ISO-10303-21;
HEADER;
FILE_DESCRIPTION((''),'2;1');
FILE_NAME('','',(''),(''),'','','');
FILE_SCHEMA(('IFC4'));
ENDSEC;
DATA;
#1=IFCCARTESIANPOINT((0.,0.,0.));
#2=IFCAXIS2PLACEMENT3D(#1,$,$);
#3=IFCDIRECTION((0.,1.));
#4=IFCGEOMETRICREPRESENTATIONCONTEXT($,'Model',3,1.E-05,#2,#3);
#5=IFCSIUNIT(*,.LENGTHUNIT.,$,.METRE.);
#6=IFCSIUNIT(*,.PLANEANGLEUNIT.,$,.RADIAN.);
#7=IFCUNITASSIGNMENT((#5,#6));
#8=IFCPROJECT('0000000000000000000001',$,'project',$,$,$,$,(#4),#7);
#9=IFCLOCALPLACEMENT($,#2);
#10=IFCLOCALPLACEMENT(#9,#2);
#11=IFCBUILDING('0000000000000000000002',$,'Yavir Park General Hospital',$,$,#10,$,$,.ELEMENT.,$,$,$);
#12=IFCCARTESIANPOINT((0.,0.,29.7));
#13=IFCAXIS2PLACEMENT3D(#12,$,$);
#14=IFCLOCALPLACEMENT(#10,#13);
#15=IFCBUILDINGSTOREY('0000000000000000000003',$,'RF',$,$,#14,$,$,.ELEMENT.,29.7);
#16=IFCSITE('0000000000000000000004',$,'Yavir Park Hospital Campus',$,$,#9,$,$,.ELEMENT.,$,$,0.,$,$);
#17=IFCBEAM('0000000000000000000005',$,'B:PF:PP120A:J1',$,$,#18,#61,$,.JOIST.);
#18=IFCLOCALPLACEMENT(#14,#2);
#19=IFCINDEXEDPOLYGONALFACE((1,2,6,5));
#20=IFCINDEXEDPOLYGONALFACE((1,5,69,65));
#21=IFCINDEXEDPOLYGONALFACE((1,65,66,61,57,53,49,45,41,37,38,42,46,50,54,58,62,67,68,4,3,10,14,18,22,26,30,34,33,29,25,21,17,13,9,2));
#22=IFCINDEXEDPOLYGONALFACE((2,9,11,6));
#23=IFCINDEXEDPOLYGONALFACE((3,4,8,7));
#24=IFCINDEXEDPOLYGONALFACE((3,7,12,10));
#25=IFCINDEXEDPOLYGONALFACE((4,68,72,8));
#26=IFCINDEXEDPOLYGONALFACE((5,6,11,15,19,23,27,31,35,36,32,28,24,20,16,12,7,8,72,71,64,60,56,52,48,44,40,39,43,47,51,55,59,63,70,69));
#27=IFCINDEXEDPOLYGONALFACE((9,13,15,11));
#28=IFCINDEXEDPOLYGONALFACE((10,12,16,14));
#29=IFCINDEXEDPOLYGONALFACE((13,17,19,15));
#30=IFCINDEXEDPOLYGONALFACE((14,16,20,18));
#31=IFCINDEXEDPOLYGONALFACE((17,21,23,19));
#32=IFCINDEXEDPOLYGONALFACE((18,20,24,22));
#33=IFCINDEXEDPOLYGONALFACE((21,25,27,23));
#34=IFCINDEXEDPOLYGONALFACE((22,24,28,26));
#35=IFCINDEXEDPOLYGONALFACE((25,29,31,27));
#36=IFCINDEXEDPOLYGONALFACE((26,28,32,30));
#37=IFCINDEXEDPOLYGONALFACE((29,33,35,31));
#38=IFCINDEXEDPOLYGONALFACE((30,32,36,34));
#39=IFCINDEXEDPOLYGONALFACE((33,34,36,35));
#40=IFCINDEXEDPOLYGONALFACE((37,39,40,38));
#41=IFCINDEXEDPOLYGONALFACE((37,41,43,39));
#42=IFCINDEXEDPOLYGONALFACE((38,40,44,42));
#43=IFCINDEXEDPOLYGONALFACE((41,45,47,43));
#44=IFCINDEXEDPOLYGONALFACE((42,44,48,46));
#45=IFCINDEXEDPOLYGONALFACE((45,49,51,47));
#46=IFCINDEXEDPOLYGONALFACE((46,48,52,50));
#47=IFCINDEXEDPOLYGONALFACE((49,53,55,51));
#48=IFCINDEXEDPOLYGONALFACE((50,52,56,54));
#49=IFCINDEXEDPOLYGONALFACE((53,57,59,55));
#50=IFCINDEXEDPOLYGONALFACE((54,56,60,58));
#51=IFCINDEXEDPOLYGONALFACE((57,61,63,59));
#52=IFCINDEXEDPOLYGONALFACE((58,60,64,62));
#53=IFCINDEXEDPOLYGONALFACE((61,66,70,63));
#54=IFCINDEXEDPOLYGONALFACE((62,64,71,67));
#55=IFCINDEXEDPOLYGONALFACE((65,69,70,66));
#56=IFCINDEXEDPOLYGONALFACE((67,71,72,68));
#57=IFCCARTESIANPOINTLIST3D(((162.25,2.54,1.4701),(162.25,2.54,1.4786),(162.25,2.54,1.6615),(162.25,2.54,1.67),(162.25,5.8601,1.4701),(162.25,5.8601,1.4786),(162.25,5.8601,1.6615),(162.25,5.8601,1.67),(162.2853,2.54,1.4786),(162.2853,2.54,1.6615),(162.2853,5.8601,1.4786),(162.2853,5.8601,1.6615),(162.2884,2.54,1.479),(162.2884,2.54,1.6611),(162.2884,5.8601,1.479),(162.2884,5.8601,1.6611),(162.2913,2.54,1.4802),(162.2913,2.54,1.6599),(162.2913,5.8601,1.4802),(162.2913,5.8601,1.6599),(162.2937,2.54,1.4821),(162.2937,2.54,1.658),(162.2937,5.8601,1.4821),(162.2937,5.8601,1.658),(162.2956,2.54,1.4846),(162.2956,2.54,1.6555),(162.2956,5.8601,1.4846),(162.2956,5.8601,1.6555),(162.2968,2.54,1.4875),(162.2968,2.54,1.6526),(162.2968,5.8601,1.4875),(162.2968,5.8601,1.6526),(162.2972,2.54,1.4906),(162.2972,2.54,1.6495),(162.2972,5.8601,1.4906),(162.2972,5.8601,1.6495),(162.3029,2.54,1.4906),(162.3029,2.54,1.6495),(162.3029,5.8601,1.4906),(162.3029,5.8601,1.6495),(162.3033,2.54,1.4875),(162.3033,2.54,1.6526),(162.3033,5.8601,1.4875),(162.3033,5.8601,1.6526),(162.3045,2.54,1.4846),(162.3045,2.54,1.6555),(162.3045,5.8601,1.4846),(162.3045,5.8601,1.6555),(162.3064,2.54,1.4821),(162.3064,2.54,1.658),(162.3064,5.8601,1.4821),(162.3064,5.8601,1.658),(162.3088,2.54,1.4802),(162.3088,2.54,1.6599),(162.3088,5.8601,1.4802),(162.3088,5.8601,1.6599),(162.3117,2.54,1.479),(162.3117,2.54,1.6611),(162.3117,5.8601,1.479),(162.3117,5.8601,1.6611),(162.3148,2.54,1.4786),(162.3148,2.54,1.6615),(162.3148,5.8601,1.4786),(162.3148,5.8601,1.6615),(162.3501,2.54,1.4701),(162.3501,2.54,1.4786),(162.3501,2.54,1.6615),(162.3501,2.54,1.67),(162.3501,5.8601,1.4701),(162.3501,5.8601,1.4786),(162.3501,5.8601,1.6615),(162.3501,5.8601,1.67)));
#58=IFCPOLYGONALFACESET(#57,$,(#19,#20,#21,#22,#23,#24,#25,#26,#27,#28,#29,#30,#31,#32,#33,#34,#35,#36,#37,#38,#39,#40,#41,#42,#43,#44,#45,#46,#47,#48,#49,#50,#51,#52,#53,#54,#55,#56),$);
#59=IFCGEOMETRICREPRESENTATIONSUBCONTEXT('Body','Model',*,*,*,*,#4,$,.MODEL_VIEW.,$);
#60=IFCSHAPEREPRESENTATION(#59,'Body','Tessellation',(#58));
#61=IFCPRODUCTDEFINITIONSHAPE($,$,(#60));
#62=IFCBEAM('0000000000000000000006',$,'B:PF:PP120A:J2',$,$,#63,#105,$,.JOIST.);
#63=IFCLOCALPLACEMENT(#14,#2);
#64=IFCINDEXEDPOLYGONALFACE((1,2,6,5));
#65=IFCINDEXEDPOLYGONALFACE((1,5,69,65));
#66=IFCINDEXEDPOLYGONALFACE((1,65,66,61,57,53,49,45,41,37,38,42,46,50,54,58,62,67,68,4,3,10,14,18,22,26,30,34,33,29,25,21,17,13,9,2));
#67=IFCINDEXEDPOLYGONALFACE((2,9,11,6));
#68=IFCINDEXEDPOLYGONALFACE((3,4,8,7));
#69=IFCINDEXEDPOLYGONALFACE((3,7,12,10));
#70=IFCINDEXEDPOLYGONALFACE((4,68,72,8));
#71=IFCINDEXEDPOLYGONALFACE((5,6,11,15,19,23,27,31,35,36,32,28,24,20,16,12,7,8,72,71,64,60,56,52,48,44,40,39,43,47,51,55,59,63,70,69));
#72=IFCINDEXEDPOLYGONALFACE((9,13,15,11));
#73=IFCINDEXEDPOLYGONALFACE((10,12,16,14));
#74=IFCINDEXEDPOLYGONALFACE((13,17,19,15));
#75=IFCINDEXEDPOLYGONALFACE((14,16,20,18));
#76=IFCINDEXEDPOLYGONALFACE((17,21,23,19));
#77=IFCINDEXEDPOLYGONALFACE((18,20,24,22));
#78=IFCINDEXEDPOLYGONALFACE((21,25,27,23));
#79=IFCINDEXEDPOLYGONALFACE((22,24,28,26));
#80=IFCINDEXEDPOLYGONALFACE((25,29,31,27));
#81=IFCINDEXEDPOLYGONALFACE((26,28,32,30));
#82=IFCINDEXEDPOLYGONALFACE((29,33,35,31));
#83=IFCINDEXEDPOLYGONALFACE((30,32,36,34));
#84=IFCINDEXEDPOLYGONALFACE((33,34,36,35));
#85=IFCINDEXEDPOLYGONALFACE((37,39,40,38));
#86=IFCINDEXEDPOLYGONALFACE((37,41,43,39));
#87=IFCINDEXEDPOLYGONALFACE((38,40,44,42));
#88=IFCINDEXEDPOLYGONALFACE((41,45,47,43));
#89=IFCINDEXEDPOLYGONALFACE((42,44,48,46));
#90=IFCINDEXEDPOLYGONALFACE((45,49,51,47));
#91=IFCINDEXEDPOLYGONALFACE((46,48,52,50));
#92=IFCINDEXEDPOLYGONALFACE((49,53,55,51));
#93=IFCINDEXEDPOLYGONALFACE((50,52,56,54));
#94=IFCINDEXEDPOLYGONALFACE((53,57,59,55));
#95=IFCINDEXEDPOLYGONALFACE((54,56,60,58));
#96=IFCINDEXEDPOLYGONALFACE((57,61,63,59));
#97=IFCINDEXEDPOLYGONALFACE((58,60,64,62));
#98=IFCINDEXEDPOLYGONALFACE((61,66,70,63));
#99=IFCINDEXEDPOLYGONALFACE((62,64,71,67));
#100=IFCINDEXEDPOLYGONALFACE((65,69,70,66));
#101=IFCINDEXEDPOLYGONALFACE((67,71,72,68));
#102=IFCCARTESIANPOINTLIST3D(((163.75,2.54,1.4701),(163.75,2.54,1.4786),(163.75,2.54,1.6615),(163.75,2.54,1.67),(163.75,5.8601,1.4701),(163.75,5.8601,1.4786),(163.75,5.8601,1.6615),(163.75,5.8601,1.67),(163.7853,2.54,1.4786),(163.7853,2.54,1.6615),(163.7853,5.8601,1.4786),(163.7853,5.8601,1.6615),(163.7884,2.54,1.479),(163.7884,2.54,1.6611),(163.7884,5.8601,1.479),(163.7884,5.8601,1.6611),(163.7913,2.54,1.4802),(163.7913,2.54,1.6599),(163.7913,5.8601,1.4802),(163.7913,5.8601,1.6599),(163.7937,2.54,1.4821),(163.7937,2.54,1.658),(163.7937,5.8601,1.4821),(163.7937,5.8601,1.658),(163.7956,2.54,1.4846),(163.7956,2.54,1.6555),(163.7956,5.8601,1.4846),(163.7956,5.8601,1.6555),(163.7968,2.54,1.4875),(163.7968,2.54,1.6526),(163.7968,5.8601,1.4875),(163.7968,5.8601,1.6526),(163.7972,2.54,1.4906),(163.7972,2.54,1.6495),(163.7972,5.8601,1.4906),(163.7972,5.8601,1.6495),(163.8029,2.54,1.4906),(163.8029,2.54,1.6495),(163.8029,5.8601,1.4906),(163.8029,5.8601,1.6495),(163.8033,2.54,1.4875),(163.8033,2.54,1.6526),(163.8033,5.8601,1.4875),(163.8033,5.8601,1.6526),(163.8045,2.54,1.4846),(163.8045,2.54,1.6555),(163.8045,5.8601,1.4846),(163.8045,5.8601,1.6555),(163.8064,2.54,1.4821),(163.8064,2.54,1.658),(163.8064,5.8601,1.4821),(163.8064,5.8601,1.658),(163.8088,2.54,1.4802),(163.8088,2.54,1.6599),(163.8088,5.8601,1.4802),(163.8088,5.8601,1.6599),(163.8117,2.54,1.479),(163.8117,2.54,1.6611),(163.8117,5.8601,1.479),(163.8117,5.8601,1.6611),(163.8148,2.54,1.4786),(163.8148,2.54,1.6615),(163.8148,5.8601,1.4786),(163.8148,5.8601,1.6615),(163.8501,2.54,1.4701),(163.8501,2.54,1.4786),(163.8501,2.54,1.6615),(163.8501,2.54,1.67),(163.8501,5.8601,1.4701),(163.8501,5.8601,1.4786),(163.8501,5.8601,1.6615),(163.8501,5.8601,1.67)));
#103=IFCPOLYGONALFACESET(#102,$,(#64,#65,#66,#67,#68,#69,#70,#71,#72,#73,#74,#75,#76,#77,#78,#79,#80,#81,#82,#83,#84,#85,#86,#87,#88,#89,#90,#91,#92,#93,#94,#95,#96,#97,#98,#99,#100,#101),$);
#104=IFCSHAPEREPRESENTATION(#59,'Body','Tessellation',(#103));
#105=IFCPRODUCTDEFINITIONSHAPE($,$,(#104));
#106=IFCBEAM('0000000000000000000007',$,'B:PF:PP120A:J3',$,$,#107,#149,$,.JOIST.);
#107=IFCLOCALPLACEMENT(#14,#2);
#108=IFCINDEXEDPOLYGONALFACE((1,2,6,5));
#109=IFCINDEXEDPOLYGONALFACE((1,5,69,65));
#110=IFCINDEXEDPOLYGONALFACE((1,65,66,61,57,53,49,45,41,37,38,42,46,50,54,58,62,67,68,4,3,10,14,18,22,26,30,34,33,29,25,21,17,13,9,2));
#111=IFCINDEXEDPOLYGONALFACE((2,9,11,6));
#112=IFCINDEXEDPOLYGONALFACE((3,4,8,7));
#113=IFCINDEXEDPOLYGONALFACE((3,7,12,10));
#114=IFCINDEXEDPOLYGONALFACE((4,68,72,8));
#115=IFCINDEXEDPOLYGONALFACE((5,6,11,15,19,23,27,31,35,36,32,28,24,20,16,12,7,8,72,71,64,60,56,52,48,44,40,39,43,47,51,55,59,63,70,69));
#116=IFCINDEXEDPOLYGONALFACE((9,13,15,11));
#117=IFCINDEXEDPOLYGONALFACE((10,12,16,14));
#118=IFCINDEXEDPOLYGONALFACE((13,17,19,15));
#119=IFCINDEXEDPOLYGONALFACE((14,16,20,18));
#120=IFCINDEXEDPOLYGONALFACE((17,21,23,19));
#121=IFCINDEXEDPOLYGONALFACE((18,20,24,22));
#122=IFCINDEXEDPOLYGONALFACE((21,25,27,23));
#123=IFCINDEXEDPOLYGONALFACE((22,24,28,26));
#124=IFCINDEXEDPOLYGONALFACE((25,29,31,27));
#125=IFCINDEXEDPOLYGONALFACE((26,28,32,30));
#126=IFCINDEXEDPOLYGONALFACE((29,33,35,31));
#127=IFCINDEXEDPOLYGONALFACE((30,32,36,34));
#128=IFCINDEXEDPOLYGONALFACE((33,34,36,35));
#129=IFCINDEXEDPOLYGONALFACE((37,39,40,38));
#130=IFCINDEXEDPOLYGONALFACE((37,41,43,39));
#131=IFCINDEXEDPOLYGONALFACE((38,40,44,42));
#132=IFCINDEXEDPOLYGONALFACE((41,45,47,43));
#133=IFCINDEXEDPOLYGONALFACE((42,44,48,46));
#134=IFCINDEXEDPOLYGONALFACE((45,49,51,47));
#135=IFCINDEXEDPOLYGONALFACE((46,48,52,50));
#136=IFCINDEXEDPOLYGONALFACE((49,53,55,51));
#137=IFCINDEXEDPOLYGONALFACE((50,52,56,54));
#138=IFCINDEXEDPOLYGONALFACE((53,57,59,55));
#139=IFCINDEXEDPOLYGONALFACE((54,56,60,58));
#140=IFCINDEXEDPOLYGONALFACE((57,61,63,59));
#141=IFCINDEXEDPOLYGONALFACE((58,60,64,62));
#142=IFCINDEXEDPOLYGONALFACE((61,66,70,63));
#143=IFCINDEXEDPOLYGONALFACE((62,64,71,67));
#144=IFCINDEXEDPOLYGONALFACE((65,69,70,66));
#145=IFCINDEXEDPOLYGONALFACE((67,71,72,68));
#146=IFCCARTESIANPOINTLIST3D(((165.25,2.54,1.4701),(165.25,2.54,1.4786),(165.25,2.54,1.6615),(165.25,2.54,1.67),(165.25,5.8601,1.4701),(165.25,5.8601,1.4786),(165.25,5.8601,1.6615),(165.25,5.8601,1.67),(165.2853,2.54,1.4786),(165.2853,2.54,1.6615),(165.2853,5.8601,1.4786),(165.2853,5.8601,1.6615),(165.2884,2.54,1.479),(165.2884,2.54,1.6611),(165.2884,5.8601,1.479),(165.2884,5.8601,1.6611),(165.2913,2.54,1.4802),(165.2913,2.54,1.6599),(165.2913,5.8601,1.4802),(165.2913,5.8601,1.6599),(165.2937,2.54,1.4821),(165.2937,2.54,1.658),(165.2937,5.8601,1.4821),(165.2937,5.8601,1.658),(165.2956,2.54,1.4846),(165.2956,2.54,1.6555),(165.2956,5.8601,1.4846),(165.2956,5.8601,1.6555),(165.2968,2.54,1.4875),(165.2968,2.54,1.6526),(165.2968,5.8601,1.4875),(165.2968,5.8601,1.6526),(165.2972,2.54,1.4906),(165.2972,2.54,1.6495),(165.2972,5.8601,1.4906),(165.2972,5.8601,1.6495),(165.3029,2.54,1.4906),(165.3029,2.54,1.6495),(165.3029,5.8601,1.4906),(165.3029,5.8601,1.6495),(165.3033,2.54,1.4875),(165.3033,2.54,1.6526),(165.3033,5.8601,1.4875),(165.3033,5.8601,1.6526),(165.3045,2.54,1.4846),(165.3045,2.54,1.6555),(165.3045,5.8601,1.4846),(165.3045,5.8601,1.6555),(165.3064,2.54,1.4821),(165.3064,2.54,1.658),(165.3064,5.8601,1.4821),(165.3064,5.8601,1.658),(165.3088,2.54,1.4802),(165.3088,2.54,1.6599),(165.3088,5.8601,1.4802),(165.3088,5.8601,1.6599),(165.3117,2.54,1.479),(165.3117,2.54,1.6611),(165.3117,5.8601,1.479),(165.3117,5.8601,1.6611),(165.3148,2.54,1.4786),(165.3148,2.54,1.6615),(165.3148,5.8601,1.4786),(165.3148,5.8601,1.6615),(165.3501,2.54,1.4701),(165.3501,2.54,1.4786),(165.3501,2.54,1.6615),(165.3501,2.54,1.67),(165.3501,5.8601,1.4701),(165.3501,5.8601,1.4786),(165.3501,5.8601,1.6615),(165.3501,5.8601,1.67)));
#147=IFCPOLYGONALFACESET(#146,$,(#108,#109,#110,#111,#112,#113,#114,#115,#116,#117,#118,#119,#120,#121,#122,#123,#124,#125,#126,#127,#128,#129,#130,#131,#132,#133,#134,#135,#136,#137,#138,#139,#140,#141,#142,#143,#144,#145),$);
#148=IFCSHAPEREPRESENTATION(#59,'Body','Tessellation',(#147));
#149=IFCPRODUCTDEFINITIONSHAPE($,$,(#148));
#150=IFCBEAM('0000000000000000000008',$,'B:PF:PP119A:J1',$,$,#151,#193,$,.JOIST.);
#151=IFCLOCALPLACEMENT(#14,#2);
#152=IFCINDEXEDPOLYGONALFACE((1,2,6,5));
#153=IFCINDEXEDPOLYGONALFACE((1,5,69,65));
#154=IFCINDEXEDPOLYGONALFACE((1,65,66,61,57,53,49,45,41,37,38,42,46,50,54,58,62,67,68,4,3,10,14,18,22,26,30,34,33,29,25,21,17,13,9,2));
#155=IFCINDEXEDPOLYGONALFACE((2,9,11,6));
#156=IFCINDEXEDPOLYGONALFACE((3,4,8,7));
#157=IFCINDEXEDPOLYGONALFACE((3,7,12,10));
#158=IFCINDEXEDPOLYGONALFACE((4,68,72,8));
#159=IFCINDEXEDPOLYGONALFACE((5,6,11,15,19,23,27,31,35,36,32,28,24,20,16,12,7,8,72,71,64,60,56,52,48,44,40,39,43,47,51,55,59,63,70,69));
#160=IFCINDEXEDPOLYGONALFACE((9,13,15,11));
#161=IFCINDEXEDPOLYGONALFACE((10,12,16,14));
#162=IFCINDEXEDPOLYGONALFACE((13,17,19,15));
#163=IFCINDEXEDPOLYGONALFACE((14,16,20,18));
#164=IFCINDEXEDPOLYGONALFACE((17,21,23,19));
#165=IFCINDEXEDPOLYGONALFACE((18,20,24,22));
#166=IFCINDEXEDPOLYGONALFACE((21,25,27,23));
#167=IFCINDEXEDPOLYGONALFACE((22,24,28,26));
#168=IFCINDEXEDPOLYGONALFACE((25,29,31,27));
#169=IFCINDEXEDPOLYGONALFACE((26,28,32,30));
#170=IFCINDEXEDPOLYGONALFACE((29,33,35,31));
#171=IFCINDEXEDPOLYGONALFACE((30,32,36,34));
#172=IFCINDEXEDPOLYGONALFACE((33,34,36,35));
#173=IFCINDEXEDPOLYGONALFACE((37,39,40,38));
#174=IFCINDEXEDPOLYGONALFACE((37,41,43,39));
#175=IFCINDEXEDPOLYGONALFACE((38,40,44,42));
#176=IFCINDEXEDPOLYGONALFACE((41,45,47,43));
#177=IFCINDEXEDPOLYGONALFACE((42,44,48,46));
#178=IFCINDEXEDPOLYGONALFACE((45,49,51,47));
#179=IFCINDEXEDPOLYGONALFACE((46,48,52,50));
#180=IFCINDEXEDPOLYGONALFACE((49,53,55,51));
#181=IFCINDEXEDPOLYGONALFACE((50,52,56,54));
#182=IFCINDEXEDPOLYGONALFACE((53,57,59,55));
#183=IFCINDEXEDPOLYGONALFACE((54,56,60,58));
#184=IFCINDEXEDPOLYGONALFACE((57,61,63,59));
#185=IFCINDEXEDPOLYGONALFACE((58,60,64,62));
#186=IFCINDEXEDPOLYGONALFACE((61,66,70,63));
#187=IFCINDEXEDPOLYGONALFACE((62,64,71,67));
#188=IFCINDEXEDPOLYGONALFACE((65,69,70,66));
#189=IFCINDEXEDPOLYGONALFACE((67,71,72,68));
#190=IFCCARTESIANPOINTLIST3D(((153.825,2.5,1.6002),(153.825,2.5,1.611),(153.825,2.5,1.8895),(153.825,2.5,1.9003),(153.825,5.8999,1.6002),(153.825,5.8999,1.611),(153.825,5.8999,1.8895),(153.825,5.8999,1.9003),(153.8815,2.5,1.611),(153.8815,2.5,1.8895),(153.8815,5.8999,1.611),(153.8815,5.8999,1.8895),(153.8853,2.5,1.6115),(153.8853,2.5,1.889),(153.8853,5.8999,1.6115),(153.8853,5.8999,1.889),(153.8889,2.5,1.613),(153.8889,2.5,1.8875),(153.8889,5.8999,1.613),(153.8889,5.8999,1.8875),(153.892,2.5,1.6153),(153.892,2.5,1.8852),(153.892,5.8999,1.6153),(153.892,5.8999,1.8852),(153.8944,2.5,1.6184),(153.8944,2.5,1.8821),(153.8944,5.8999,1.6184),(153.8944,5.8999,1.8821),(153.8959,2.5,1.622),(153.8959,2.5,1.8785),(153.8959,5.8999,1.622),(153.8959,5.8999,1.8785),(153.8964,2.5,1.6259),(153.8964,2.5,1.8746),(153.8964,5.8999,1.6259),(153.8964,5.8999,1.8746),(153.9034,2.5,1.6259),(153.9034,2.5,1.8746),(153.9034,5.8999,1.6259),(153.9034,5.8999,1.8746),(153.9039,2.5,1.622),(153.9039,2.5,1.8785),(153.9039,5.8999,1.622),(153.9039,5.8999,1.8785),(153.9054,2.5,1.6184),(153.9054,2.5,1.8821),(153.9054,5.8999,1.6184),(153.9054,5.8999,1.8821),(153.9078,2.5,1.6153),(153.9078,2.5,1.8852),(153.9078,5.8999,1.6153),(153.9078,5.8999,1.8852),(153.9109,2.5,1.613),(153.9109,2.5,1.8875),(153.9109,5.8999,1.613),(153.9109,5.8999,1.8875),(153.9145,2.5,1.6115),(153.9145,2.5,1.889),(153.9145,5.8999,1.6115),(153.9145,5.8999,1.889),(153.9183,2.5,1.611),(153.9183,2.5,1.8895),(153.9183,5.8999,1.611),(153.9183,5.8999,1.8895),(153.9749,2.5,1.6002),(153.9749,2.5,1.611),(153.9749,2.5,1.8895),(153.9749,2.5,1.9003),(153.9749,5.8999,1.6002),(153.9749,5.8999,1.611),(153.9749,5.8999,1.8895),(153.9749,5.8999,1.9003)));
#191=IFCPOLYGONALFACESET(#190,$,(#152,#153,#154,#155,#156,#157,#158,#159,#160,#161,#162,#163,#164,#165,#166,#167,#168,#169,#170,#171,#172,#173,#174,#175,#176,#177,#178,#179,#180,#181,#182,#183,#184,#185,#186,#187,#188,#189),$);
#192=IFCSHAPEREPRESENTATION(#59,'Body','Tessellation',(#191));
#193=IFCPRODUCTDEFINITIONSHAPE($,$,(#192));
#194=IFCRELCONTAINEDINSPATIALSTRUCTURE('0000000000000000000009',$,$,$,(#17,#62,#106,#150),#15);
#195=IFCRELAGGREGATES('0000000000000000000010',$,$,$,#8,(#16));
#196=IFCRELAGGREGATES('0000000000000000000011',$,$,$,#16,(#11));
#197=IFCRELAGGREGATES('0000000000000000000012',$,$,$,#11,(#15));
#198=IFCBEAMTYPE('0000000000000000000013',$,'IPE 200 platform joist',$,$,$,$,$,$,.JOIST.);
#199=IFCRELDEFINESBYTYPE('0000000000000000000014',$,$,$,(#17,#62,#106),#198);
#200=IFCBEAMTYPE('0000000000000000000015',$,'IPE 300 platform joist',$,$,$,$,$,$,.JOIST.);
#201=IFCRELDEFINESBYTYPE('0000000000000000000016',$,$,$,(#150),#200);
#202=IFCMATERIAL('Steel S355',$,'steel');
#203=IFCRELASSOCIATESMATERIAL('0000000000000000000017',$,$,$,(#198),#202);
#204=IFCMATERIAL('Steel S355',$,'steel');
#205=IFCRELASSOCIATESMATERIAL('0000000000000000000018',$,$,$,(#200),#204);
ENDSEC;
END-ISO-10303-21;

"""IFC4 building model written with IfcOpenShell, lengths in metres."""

from ifc_helpers import new_model, si_unit, direction, frame, origin, origin_2d, place, context, subcontext, project, spatial, i_section, extrude, material, material_profile, profile_set, type_object, element, save


model = new_model("IFC4")

# Units and contexts
model_context = context("Model", 3, precision=1e-05, world=origin(), true_north=direction((0.0, 1.0)))
body_context = subcontext(model_context, "Body", "Model", "MODEL_VIEW")
ifc_project = project(units=[si_unit("LENGTHUNIT", "METRE"), si_unit("PLANEANGLEUNIT", "RADIAN")], contexts=[model_context])

# Site, building, storey
site_placement = place(None, origin())
site = spatial("IfcSite", under=ifc_project, at=site_placement, Name="Yavir Park Hospital Campus", CompositionType="ELEMENT", RefElevation=0.0)
building_placement = place(site_placement, origin())
building = spatial("IfcBuilding", under=site, at=building_placement, Name="Yavir Park General Hospital", CompositionType="ELEMENT")
storey_placement = place(building_placement, frame((0.0, 0.0, 29.7)))
storey = spatial("IfcBuildingStorey", under=building, at=storey_placement, Name="RF", CompositionType="ELEMENT", Elevation=29.7)

# Beams
ifc_material_1 = material(Name="Steel S355", Category="steel")
ifc_material_profile_1 = material_profile(ifc_material_1, i_section(OverallWidth=0.1001, OverallDepth=0.2, WebThickness=0.0056, FlangeThickness=0.0085, FilletRadius=0.012, at=origin_2d()), Name="IPE200")
ifc_profile_set_1 = profile_set([ifc_material_profile_1], Name="Steel S355")
beam_type_1 = type_object("IfcBeamType", Name="IPE 200 platform joist", PredefinedType="JOIST", material=ifc_profile_set_1)
for number, where, z_axis, x_axis, name in (
    (1, (162.3, 2.54, 1.5701), (0.0, 1.0, 0.0), (-1.0, 0.0, 0.0), "B:PF:PP120A:J1"),
    (2, (163.8, 2.54, 1.5701), (0.0, 1.0, 0.0), (-1.0, 0.0, 0.0), "B:PF:PP120A:J2"),
    (3, (165.3, 2.54, 1.5701), (0.0, 1.0, 0.0), (-1.0, 0.0, 0.0), "B:PF:PP120A:J3"),
):
    element("IfcBeam", number, at=place(storey_placement, frame(where, z_axis=z_axis, x_axis=x_axis)), inside=storey, type_object=beam_type_1, Name=name, PredefinedType="JOIST", context=body_context, shape_type="SweptSolid", body=[
        extrude(i_section(OverallWidth=0.1001, OverallDepth=0.2, WebThickness=0.0056, FlangeThickness=0.0085, FilletRadius=0.012, at=origin_2d()), origin(), (0.0, 0.0, 1.0), 3.3201),
    ])
ifc_material_2 = material(Name="Steel S355", Category="steel")
ifc_material_profile_2 = material_profile(ifc_material_2, i_section(OverallWidth=0.1499, OverallDepth=0.3, WebThickness=0.0071, FlangeThickness=0.0107, FilletRadius=0.0149, at=origin_2d()), Name="IPE300")
ifc_profile_set_2 = profile_set([ifc_material_profile_2], Name="Steel S355")
beam_type_2 = type_object("IfcBeamType", Name="IPE 300 platform joist", PredefinedType="JOIST", material=ifc_profile_set_2)
for number, where, z_axis, x_axis, name in (
    (4, (153.8999, 2.5, 1.7502), (0.0, 1.0, 0.0), (-1.0, 0.0, 0.0), "B:PF:PP119A:J1"),
):
    element("IfcBeam", number, at=place(storey_placement, frame(where, z_axis=z_axis, x_axis=x_axis)), inside=storey, type_object=beam_type_2, Name=name, PredefinedType="JOIST", context=body_context, shape_type="SweptSolid", body=[
        extrude(i_section(OverallWidth=0.1499, OverallDepth=0.3, WebThickness=0.0071, FlangeThickness=0.0107, FilletRadius=0.0149, at=origin_2d()), origin(), (0.0, 0.0, 1.0), 3.3999),
    ])

save(model, "model.ifc")
